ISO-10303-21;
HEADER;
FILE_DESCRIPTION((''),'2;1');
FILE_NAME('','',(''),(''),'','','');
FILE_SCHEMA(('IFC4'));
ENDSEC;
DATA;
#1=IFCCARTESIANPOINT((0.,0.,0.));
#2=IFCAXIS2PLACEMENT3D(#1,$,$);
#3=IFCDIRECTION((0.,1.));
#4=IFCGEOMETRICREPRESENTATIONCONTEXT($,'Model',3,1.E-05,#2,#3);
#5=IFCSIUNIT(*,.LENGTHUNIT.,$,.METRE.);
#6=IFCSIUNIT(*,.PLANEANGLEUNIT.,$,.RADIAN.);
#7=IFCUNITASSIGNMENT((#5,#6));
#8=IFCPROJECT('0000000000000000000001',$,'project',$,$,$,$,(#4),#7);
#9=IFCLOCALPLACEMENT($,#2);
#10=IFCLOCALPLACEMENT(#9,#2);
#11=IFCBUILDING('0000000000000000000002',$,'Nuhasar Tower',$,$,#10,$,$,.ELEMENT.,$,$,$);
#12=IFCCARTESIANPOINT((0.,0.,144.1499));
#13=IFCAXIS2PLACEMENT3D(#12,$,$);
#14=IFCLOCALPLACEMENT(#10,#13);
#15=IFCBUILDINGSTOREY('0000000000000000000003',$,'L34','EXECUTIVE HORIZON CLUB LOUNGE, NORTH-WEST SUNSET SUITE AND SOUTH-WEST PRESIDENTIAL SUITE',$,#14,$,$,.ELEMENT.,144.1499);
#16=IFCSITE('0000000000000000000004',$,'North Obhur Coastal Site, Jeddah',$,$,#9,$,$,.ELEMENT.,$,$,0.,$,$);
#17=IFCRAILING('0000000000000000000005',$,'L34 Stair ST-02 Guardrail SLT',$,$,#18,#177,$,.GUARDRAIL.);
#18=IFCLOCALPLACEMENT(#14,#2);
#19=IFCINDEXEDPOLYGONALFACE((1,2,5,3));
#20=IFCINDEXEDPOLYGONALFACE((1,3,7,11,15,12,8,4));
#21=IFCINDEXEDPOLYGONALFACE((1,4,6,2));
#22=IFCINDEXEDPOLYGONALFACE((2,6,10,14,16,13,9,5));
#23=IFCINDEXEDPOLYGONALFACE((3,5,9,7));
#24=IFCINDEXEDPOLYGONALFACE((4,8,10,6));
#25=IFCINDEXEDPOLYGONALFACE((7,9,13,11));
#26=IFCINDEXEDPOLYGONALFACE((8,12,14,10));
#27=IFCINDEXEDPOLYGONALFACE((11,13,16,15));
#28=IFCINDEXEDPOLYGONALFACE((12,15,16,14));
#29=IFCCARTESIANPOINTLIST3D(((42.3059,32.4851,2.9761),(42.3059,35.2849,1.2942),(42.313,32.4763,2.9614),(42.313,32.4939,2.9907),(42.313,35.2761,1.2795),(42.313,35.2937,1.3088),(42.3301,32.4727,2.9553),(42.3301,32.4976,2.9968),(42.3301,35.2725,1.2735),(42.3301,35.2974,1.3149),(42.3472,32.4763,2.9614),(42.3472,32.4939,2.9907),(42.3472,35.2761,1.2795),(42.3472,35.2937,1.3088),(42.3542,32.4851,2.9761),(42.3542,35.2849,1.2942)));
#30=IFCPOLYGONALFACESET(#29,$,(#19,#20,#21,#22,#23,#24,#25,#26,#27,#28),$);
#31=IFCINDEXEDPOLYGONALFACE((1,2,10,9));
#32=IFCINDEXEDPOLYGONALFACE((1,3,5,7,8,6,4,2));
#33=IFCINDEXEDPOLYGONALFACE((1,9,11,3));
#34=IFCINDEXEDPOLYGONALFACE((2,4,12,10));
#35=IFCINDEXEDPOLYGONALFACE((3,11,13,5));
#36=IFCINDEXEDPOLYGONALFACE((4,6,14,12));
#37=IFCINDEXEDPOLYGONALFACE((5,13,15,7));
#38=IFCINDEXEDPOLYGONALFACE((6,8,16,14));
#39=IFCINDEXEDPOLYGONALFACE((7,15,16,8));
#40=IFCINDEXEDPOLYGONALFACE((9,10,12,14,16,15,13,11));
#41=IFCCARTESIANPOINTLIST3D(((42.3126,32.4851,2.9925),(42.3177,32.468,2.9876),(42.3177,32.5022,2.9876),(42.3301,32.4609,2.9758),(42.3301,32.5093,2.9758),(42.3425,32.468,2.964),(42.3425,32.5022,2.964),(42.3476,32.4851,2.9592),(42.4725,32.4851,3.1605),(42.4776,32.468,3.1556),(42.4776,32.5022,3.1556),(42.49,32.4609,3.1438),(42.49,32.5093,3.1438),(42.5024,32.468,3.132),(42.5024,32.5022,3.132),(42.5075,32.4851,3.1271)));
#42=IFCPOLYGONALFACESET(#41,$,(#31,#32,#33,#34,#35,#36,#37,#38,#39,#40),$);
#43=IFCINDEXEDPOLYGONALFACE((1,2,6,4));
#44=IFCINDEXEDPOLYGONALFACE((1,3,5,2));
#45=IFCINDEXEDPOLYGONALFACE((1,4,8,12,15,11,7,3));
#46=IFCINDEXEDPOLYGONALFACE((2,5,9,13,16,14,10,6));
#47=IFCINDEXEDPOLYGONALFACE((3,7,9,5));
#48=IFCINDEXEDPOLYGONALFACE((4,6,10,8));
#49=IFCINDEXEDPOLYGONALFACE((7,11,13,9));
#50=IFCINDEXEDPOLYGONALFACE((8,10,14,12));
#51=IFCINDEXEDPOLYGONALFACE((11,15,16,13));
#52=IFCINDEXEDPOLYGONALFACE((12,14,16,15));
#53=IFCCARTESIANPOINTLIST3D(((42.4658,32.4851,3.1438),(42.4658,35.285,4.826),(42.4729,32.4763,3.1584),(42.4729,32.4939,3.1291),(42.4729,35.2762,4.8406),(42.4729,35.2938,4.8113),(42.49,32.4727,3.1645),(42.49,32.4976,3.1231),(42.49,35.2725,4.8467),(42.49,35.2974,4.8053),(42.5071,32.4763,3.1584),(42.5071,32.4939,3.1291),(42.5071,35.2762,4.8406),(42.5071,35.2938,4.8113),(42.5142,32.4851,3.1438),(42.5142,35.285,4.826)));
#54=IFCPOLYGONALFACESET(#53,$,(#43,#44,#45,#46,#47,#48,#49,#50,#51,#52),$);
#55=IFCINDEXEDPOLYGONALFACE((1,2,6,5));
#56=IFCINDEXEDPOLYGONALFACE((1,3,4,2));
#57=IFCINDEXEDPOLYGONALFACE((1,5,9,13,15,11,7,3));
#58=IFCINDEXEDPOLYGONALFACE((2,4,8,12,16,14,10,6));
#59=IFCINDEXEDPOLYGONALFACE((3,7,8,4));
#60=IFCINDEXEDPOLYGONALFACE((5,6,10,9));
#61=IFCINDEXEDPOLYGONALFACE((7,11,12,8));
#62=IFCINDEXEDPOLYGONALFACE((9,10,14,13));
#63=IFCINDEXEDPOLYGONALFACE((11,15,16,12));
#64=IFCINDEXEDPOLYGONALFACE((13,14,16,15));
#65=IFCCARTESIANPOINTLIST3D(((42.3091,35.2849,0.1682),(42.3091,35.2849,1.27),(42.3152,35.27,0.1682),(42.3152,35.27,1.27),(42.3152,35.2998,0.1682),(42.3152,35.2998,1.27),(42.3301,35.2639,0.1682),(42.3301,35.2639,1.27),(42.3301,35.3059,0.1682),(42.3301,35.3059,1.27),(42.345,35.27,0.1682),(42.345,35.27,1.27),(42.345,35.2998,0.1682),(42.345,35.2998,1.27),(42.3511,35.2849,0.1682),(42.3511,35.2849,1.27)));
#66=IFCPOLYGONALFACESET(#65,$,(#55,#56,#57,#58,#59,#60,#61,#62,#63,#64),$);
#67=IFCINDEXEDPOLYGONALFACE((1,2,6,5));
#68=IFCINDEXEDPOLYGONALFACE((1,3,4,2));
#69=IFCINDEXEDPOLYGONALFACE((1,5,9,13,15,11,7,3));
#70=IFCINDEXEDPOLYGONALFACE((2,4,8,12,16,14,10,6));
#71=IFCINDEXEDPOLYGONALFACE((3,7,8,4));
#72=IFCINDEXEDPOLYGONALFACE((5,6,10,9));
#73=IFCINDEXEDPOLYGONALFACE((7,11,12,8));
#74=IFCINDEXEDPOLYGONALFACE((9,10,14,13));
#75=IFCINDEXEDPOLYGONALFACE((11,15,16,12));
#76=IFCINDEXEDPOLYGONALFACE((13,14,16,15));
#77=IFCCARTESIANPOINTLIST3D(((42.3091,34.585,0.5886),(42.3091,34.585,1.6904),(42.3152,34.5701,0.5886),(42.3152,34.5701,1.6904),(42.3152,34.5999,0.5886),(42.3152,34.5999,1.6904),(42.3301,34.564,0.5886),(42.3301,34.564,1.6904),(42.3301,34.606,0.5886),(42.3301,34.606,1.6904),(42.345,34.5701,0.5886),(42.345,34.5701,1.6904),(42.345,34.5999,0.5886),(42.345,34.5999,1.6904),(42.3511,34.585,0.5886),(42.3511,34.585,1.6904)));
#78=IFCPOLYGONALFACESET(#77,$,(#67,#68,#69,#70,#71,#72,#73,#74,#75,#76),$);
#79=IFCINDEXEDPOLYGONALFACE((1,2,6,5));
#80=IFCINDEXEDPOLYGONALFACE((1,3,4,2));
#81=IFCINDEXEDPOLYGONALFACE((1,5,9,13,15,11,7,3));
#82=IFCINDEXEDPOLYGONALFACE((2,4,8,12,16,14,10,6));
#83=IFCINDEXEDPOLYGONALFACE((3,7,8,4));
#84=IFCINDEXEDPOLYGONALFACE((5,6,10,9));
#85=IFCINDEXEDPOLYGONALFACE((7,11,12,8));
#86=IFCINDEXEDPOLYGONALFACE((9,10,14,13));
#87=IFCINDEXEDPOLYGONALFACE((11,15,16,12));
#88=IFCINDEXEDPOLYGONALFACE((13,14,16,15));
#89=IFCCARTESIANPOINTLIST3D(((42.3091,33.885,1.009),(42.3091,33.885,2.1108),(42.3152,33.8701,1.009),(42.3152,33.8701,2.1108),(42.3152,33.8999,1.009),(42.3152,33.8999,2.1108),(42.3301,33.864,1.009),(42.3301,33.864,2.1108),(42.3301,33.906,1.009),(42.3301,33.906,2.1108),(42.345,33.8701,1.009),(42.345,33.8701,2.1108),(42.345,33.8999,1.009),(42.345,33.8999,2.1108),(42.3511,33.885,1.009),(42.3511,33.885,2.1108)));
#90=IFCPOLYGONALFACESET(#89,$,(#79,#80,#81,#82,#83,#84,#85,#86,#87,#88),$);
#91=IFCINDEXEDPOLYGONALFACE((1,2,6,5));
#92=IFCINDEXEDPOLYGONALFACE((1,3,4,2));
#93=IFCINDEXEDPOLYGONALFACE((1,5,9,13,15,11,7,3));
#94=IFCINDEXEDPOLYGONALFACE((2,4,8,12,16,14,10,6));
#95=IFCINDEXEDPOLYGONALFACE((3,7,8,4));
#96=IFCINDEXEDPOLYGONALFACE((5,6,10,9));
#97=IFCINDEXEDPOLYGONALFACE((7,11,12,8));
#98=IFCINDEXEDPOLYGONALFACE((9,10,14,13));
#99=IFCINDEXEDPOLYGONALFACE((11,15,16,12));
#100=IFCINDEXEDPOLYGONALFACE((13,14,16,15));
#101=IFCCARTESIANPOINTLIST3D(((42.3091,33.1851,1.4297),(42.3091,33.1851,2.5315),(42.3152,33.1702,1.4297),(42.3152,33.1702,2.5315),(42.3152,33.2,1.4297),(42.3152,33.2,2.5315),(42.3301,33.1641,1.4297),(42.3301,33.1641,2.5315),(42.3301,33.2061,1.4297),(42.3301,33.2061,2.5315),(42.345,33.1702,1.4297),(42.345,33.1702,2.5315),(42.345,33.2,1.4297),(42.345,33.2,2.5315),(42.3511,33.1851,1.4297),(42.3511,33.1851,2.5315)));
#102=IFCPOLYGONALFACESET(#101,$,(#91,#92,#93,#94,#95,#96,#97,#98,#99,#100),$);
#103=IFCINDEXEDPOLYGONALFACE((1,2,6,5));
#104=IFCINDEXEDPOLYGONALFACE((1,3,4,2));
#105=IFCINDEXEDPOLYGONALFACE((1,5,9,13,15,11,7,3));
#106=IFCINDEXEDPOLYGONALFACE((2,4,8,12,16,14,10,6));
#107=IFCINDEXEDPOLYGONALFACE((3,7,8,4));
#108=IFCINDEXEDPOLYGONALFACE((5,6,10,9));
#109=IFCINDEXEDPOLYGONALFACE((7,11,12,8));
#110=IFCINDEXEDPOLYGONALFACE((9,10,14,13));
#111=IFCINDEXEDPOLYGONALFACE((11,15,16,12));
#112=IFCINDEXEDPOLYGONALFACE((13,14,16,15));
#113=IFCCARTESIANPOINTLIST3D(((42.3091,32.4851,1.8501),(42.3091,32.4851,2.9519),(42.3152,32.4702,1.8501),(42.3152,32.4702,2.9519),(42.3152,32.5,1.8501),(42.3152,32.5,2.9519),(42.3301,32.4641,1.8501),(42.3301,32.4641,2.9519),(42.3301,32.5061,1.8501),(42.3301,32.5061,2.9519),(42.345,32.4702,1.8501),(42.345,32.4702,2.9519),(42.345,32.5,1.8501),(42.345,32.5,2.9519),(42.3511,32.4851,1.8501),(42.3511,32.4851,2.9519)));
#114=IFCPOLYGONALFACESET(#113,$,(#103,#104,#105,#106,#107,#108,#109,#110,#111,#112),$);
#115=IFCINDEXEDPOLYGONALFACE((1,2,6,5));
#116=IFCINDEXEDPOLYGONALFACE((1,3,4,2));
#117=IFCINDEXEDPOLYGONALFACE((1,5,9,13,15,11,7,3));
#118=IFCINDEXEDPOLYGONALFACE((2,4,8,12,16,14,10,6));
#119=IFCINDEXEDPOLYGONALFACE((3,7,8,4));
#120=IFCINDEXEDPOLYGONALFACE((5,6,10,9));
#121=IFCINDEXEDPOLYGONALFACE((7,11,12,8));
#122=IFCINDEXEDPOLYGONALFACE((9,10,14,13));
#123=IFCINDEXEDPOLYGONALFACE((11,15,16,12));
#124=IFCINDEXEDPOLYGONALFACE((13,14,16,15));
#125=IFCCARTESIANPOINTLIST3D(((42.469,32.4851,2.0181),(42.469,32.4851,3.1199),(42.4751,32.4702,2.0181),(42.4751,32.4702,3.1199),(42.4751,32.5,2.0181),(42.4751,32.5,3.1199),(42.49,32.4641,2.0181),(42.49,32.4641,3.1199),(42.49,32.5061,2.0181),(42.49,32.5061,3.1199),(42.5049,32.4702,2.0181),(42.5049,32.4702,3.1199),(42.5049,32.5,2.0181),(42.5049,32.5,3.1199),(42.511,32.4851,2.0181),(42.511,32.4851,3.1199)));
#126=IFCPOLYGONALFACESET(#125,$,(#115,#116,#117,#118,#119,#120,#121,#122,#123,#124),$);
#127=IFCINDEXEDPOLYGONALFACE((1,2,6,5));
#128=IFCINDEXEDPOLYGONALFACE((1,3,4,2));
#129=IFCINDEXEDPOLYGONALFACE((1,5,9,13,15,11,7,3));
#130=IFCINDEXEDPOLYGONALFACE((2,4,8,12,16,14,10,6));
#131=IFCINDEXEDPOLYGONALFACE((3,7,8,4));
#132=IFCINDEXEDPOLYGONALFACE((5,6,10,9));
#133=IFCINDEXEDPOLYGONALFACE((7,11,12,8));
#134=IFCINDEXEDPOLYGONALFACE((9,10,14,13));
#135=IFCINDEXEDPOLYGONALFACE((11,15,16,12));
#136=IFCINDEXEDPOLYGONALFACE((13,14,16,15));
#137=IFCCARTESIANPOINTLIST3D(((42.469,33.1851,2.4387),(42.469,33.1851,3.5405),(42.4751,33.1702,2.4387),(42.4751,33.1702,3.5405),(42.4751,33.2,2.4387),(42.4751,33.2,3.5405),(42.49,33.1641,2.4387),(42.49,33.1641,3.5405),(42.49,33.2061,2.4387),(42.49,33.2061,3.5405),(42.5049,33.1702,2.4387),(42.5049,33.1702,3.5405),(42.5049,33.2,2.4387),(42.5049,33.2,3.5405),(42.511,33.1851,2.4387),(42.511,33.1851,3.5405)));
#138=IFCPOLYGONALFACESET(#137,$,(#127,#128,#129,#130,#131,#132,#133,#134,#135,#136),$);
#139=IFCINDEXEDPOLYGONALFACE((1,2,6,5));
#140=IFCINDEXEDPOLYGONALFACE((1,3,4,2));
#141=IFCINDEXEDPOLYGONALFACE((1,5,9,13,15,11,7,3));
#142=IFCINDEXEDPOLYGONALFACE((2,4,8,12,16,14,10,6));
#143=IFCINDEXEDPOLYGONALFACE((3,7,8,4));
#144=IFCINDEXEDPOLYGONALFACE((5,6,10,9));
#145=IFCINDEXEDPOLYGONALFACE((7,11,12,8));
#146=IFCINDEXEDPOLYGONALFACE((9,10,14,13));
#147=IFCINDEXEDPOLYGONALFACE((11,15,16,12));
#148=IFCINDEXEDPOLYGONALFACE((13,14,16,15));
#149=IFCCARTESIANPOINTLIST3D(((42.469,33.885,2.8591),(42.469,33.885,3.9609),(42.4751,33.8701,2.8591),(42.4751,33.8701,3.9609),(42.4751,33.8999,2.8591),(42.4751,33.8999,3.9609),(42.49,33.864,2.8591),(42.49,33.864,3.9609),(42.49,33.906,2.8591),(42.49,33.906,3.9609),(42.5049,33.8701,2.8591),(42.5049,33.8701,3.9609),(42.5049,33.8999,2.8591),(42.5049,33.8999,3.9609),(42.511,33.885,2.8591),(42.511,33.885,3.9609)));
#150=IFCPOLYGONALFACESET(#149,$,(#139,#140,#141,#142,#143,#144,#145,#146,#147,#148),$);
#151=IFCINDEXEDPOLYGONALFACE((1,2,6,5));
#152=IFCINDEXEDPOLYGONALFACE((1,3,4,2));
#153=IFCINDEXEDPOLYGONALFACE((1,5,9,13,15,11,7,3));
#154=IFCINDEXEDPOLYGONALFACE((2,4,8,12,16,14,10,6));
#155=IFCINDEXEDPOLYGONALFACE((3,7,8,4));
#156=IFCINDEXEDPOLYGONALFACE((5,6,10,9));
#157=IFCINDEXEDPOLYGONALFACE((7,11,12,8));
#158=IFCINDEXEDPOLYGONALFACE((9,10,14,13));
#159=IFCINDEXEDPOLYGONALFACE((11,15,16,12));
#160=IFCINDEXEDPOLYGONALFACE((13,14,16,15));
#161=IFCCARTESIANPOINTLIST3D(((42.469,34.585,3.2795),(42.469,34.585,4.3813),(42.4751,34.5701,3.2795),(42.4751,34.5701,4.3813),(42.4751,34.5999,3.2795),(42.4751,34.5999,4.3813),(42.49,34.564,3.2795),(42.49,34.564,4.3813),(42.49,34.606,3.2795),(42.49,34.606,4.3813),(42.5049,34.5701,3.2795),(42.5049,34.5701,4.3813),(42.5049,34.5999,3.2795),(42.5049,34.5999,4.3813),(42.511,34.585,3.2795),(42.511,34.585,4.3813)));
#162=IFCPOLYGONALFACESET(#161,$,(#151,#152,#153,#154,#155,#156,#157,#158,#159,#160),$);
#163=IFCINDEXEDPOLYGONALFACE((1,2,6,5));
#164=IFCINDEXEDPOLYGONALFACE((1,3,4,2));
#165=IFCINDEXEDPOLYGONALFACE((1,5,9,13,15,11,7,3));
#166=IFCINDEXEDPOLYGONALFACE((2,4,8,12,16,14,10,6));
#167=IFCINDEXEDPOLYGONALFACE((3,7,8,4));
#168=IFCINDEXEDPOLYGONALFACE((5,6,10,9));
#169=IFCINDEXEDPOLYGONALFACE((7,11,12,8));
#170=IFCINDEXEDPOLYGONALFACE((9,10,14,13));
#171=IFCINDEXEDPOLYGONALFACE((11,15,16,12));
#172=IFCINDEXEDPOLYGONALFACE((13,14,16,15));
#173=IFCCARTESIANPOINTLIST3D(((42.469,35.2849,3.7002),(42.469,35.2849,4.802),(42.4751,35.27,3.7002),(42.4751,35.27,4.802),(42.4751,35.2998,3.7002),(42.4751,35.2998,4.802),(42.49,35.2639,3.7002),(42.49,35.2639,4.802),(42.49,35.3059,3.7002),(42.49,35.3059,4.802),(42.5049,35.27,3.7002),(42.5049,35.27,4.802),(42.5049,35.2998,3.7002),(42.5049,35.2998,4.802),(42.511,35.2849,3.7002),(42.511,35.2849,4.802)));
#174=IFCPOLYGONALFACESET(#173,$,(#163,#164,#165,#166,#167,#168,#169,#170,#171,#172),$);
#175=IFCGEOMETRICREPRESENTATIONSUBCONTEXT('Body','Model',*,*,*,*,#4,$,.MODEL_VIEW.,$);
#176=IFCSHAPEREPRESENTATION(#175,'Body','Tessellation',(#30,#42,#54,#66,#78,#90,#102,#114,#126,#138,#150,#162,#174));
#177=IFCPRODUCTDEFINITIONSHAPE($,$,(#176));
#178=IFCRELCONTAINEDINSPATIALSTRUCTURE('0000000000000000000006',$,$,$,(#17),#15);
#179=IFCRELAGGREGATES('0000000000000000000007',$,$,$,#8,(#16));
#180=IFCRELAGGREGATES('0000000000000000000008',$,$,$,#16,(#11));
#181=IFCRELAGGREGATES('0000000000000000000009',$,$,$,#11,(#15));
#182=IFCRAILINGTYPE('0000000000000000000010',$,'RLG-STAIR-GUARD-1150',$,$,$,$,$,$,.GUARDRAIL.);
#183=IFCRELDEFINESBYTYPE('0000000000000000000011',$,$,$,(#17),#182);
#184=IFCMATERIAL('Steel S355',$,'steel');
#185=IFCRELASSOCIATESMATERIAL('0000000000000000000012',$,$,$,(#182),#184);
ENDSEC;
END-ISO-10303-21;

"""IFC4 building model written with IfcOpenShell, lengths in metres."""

from ifc_helpers import new_model, si_unit, direction, frame, origin, place, context, subcontext, project, spatial, polyline, outline, extrude, material, type_object, element, save


model = new_model("IFC4")

# Units and contexts
model_context = context("Model", 3, precision=1e-05, world=origin(), true_north=direction((0.0, 1.0)))
body_context = subcontext(model_context, "Body", "Model", "MODEL_VIEW")
ifc_project = project(units=[si_unit("LENGTHUNIT", "METRE"), si_unit("PLANEANGLEUNIT", "RADIAN")], contexts=[model_context])

# Site, building, storey
site_placement = place(None, origin())
site = spatial("IfcSite", under=ifc_project, at=site_placement, Name="North Obhur Coastal Site, Jeddah", CompositionType="ELEMENT", RefElevation=0.0)
building_placement = place(site_placement, origin())
building = spatial("IfcBuilding", under=site, at=building_placement, Name="Nuhasar Tower", CompositionType="ELEMENT")
storey_placement = place(building_placement, frame((0.0, 0.0, 144.1499)))
storey = spatial("IfcBuildingStorey", under=building, at=storey_placement, Name="L34", Description="EXECUTIVE HORIZON CLUB LOUNGE, NORTH-WEST SUNSET SUITE AND SOUTH-WEST PRESIDENTIAL SUITE", CompositionType="ELEMENT", Elevation=144.1499)

# Shared definitions
ifc_material_1 = material(Name="Steel S355", Category="steel")

# Railing
railing_type_1 = type_object("IfcRailingType", Name="RLG-STAIR-GUARD-1150", PredefinedType="GUARDRAIL", material=ifc_material_1)
railing_1_placement = place(storey_placement, frame((42.3301, 35.2849, 0.1682)))
element("IfcRailing", 1, at=railing_1_placement, inside=storey, type_object=railing_type_1, Name="L34 Stair ST-02 Guardrail SLT", PredefinedType="GUARDRAIL", context=body_context, shape_type="SweptSolid", body=[
    extrude(outline(polyline([(0.0242, 0.0), (0.0171, 0.0171), (0.0, 0.0242), (-0.0171, 0.0171), (-0.0242, 0.0), (-0.0171, -0.0171), (0.0, -0.0242), (0.0171, -0.0171), (0.0242, 0.0)])), frame((0.0, 0.0, 1.126), z_axis=(0.0, -0.857222, 0.514946), x_axis=(1.0, 0.0, 0.0)), (0.0, 0.0, 1.0), 3.2661),
    extrude(outline(polyline([(0.0242, 0.0), (0.0171, 0.0171), (0.0, 0.0242), (-0.0171, 0.0171), (-0.0242, 0.0), (-0.0171, -0.0171), (0.0, -0.0242), (0.0171, -0.0171), (0.0242, 0.0)])), frame((0.0, -2.7998, 2.8076), z_axis=(0.689524, 0.0, 0.724263), x_axis=(0.0, 1.0, 0.0)), (0.0, 0.0, 1.0), 0.2319),
    extrude(outline(polyline([(0.0242, 0.0), (0.0171, 0.0171), (0.0, 0.0242), (-0.0171, 0.0171), (-0.0242, 0.0), (-0.0171, -0.0171), (0.0, -0.0242), (0.0171, -0.0171), (0.0242, 0.0)])), frame((0.1599, -2.7998, 2.9756), z_axis=(0.0, 0.857189, 0.515001), x_axis=(-1.0, 0.0, 0.0)), (0.0, 0.0, 1.0), 3.2664),
    extrude(outline(polyline([(0.021, 0.0), (0.0149, 0.0149), (0.0, 0.021), (-0.0149, 0.0149), (-0.021, 0.0), (-0.0149, -0.0149), (0.0, -0.021), (0.0149, -0.0149), (0.021, 0.0)])), origin(), (0.0, 0.0, 1.0), 1.1018),
    extrude(outline(polyline([(0.021, 0.0), (0.0149, 0.0149), (0.0, 0.021), (-0.0149, 0.0149), (-0.021, 0.0), (-0.0149, -0.0149), (0.0, -0.021), (0.0149, -0.0149), (0.021, 0.0)])), frame((0.0, -0.7, 0.4204)), (0.0, 0.0, 1.0), 1.1018),
    extrude(outline(polyline([(0.021, 0.0), (0.0149, 0.0149), (0.0, 0.021), (-0.0149, 0.0149), (-0.021, 0.0), (-0.0149, -0.0149), (0.0, -0.021), (0.0149, -0.0149), (0.021, 0.0)])), frame((0.0, -1.3999, 0.8408)), (0.0, 0.0, 1.0), 1.1018),
    extrude(outline(polyline([(0.021, 0.0), (0.0149, 0.0149), (0.0, 0.021), (-0.0149, 0.0149), (-0.021, 0.0), (-0.0149, -0.0149), (0.0, -0.021), (0.0149, -0.0149), (0.021, 0.0)])), frame((0.0, -2.0999, 1.2615)), (0.0, 0.0, 1.0), 1.1018),
    extrude(outline(polyline([(0.021, 0.0), (0.0149, 0.0149), (0.0, 0.021), (-0.0149, 0.0149), (-0.021, 0.0), (-0.0149, -0.0149), (0.0, -0.021), (0.0149, -0.0149), (0.021, 0.0)])), frame((0.0, -2.7998, 1.6819)), (0.0, 0.0, 1.0), 1.1018),
    extrude(outline(polyline([(0.021, 0.0), (0.0149, 0.0149), (0.0, 0.021), (-0.0149, 0.0149), (-0.021, 0.0), (-0.0149, -0.0149), (0.0, -0.021), (0.0149, -0.0149), (0.021, 0.0)])), frame((0.1599, -2.7998, 1.8499)), (0.0, 0.0, 1.0), 1.1018),
    extrude(outline(polyline([(0.021, 0.0), (0.0149, 0.0149), (0.0, 0.021), (-0.0149, 0.0149), (-0.021, 0.0), (-0.0149, -0.0149), (0.0, -0.021), (0.0149, -0.0149), (0.021, 0.0)])), frame((0.1599, -2.0999, 2.2705)), (0.0, 0.0, 1.0), 1.1018),
    extrude(outline(polyline([(0.021, 0.0), (0.0149, 0.0149), (0.0, 0.021), (-0.0149, 0.0149), (-0.021, 0.0), (-0.0149, -0.0149), (0.0, -0.021), (0.0149, -0.0149), (0.021, 0.0)])), frame((0.1599, -1.3999, 2.6909)), (0.0, 0.0, 1.0), 1.1018),
    extrude(outline(polyline([(0.021, 0.0), (0.0149, 0.0149), (0.0, 0.021), (-0.0149, 0.0149), (-0.021, 0.0), (-0.0149, -0.0149), (0.0, -0.021), (0.0149, -0.0149), (0.021, 0.0)])), frame((0.1599, -0.7, 3.1113)), (0.0, 0.0, 1.0), 1.1018),
    extrude(outline(polyline([(0.021, 0.0), (0.0149, 0.0149), (0.0, 0.021), (-0.0149, 0.0149), (-0.021, 0.0), (-0.0149, -0.0149), (0.0, -0.021), (0.0149, -0.0149), (0.021, 0.0)])), frame((0.1599, 0.0, 3.532)), (0.0, 0.0, 1.0), 1.1018),
])

save(model, "model.ifc")
